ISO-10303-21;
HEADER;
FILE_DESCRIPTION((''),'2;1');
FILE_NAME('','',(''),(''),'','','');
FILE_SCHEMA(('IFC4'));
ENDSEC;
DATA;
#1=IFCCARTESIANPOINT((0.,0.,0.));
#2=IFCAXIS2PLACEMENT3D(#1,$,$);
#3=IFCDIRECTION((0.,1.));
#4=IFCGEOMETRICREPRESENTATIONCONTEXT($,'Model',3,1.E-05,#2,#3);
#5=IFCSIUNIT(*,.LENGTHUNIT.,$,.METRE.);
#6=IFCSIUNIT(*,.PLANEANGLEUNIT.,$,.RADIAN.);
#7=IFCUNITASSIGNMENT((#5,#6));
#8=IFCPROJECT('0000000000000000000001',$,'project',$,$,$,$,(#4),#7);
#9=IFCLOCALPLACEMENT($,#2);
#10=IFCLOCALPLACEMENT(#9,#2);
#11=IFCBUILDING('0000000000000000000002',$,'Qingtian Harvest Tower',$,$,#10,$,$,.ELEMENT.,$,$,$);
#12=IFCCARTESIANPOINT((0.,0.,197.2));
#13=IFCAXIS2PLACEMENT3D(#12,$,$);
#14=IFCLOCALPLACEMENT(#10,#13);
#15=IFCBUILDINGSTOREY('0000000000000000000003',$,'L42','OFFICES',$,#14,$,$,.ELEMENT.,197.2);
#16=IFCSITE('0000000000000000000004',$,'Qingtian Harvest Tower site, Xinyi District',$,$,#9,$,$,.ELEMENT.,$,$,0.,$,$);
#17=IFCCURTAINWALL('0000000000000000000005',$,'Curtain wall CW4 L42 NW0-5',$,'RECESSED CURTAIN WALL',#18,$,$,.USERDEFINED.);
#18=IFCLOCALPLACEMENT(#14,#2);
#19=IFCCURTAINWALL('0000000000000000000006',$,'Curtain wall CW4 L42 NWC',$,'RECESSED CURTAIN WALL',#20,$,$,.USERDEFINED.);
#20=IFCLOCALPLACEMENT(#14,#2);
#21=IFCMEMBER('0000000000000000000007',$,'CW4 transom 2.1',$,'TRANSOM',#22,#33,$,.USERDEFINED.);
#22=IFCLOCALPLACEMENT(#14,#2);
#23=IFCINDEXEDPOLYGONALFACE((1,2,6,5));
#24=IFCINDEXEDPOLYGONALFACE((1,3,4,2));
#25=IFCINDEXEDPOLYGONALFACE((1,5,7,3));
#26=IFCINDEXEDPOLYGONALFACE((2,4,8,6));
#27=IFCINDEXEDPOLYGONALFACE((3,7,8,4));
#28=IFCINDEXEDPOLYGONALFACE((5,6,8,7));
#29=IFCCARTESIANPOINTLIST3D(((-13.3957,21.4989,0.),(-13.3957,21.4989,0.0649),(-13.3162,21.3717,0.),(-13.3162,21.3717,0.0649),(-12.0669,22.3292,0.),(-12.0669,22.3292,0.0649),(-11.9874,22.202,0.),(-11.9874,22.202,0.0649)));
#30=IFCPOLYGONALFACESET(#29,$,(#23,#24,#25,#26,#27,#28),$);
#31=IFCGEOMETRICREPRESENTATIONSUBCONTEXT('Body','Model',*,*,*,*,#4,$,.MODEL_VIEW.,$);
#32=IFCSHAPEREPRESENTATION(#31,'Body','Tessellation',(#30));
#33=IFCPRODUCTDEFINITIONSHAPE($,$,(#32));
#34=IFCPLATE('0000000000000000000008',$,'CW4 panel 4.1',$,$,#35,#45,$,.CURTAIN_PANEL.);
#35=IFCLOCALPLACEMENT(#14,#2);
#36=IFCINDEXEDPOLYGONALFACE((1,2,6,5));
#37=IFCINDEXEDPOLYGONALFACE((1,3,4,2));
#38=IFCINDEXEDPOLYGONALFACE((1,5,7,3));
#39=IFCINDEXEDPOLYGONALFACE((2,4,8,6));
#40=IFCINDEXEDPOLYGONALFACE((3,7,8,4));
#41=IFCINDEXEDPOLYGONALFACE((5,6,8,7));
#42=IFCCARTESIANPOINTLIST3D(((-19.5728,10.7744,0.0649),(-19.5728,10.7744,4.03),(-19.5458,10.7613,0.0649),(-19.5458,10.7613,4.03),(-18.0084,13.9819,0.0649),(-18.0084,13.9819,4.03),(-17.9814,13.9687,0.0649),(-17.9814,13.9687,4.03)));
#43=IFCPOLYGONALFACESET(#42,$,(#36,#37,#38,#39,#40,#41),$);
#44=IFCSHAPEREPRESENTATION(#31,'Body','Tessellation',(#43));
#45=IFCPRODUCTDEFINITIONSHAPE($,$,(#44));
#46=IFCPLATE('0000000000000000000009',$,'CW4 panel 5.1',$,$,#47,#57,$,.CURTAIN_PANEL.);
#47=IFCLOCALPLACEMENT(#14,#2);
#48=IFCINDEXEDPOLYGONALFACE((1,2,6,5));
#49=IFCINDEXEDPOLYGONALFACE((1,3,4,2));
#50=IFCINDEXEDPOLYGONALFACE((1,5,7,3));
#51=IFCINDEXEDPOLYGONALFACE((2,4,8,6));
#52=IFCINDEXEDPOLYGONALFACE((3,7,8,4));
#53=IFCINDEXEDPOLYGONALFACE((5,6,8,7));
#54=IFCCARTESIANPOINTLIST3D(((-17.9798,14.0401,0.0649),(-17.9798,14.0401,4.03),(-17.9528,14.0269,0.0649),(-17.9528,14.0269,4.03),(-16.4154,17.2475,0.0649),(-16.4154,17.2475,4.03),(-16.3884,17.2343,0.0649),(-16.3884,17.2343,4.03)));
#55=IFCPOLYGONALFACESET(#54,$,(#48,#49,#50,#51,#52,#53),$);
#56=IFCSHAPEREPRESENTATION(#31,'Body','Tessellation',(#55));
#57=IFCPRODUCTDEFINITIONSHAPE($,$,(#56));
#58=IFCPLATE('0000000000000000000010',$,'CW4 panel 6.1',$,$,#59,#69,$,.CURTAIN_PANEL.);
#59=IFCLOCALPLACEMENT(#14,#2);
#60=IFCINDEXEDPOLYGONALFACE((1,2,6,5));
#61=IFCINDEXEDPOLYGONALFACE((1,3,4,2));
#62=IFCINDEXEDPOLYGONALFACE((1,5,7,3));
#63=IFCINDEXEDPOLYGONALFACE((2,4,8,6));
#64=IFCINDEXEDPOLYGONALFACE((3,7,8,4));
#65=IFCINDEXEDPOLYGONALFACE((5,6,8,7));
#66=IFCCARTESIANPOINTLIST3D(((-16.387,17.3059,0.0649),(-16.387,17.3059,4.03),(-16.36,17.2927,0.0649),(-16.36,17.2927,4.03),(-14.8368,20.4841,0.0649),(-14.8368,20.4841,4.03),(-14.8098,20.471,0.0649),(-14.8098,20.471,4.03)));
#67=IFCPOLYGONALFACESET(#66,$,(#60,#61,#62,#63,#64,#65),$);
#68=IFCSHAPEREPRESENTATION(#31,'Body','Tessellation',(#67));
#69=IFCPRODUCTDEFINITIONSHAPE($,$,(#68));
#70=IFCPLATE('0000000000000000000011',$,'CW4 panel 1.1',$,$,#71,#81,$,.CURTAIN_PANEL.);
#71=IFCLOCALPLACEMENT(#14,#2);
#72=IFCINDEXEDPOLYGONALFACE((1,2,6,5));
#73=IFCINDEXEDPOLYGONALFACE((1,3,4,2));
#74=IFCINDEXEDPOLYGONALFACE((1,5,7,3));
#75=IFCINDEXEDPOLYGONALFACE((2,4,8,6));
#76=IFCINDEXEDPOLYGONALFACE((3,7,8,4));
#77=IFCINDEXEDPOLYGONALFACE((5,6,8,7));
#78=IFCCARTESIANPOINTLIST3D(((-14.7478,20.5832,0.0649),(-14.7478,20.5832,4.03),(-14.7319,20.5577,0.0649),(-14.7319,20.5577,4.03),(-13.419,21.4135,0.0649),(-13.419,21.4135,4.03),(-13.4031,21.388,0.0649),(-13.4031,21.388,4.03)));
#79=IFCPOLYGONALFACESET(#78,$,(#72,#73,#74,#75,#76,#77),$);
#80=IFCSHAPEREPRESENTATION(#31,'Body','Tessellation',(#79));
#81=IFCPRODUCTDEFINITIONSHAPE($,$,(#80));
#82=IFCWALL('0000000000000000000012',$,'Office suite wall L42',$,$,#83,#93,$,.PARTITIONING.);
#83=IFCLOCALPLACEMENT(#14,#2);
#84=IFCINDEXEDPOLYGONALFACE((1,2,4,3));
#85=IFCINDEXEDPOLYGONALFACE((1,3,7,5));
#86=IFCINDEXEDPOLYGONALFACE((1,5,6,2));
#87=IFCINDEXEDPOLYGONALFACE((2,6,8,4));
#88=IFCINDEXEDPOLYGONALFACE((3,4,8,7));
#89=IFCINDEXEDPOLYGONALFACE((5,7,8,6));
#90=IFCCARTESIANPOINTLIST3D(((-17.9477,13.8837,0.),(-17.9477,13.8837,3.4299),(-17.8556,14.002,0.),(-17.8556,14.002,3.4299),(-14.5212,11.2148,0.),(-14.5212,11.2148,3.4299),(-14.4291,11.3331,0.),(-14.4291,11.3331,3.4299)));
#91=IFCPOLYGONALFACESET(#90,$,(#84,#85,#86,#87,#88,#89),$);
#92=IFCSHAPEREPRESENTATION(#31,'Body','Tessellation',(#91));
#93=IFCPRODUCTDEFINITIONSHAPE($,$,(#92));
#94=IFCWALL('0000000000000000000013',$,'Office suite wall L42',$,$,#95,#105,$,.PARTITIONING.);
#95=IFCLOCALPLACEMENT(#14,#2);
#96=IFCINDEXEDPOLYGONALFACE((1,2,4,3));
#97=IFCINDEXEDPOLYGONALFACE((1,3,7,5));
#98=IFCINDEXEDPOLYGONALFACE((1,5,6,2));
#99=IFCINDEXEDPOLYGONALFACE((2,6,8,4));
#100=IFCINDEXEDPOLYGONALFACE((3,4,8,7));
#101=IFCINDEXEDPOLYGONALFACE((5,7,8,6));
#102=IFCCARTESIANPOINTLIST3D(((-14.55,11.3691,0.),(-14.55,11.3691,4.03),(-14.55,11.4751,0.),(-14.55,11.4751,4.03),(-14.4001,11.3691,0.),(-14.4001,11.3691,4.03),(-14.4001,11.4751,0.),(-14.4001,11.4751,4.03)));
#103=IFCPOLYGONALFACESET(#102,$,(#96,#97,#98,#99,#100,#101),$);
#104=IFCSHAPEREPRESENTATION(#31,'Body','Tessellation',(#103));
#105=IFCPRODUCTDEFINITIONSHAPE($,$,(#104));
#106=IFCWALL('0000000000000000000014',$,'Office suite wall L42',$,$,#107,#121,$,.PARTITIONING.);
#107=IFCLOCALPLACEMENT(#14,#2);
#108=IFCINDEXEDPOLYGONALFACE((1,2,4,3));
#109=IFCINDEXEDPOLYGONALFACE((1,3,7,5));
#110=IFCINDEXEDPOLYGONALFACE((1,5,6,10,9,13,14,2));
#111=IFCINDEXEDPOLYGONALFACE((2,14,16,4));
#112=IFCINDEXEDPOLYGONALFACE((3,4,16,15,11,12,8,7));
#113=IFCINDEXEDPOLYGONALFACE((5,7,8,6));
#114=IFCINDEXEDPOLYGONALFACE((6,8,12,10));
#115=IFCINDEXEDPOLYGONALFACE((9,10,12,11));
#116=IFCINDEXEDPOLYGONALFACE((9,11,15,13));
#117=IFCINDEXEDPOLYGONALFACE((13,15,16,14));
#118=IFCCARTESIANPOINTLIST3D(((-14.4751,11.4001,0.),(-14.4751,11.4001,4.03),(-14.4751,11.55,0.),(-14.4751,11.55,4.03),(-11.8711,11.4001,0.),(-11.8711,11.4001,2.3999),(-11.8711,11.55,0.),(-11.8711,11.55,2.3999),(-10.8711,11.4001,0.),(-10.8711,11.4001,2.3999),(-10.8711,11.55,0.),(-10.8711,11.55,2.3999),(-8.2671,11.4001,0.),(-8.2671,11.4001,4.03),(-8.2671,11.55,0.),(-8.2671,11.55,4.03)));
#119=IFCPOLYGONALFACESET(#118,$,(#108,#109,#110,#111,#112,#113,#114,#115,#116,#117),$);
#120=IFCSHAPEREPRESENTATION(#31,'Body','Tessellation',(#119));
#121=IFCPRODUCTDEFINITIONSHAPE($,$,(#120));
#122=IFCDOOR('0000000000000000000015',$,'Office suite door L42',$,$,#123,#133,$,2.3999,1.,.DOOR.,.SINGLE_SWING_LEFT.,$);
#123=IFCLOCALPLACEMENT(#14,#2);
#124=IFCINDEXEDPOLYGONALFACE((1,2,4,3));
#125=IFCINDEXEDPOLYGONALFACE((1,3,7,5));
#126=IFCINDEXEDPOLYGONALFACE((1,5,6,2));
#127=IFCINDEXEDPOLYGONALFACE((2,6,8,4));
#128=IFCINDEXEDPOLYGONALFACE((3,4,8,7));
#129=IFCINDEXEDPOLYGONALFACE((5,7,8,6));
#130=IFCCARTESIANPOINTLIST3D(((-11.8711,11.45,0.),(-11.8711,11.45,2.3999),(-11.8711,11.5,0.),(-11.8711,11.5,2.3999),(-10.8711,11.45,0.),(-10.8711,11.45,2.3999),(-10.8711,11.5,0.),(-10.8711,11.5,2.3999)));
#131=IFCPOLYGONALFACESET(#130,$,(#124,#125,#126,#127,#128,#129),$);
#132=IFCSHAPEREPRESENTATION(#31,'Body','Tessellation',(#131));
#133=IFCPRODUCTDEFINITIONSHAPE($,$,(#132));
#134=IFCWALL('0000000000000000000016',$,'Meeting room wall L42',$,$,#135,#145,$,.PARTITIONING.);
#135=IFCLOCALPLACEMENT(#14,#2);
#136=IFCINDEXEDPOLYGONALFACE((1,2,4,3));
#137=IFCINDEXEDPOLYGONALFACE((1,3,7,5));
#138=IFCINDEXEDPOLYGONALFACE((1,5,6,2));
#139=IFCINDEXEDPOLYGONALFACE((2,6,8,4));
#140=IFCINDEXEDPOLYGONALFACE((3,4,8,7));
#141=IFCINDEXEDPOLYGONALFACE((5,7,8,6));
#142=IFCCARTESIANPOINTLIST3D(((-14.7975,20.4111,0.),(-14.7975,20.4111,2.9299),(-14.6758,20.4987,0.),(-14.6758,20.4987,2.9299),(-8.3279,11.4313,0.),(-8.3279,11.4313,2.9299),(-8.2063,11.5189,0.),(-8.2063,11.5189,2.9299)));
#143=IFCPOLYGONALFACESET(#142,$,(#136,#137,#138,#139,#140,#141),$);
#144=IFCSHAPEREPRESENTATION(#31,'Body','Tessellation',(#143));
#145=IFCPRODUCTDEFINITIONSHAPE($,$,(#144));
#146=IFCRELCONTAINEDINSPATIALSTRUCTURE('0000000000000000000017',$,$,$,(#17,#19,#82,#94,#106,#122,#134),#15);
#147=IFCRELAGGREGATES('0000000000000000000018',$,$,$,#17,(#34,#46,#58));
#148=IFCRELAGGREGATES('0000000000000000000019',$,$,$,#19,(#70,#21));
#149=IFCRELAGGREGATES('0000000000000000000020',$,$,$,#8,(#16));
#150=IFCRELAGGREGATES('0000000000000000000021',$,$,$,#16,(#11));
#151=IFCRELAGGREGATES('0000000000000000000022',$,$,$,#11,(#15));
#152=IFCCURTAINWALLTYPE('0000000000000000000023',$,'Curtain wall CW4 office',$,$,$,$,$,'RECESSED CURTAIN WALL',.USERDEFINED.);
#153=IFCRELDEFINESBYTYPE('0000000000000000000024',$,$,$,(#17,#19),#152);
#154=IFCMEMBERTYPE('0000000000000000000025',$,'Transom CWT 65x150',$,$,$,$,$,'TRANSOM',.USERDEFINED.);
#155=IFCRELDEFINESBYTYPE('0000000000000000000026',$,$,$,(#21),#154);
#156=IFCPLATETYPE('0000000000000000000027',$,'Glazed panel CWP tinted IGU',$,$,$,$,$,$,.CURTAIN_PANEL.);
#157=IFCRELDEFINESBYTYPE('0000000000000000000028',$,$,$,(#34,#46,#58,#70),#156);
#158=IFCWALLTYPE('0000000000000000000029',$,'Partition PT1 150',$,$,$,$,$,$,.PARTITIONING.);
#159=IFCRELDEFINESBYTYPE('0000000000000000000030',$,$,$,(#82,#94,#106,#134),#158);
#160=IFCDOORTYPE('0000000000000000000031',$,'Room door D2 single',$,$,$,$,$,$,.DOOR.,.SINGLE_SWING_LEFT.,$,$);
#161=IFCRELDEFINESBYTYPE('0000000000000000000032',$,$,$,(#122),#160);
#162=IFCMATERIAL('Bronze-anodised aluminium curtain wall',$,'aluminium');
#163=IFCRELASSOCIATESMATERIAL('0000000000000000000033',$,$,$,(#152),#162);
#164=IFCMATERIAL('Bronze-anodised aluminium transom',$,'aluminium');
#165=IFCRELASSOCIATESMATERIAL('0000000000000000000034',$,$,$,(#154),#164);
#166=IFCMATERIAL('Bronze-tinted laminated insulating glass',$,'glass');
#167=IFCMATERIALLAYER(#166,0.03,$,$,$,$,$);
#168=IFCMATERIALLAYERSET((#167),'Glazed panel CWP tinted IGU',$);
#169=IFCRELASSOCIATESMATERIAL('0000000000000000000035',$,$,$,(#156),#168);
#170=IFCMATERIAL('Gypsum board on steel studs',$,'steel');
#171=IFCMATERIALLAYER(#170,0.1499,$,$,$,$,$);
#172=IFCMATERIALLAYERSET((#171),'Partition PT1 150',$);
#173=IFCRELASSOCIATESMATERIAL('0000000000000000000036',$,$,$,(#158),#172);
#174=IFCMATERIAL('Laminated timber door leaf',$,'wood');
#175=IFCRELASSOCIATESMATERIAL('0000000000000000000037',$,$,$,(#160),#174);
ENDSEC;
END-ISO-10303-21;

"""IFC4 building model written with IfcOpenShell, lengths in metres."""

from ifc_helpers import new_model, si_unit, direction, frame, frame_2d, origin, origin_2d, place, context, subcontext, project, spatial, rectangle, extrude, material, layer, layer_set, material_profile, profile_set, type_object, element, fill, aggregate, save


model = new_model("IFC4")

# Units and contexts
model_context = context("Model", 3, precision=1e-05, world=origin(), true_north=direction((0.0, 1.0)))
body_context = subcontext(model_context, "Body", "Model", "MODEL_VIEW")
ifc_project = project(units=[si_unit("LENGTHUNIT", "METRE"), si_unit("PLANEANGLEUNIT", "RADIAN")], contexts=[model_context])

# Site, building, storey
site_placement = place(None, origin())
site = spatial("IfcSite", under=ifc_project, at=site_placement, Name="Qingtian Harvest Tower site, Xinyi District", CompositionType="ELEMENT", RefElevation=0.0)
building_placement = place(site_placement, origin())
building = spatial("IfcBuilding", under=site, at=building_placement, Name="Qingtian Harvest Tower", CompositionType="ELEMENT")
storey_placement = place(building_placement, frame((0.0, 0.0, 197.2)))
storey = spatial("IfcBuildingStorey", under=building, at=storey_placement, Name="L42", Description="OFFICES", CompositionType="ELEMENT", Elevation=197.2)

# Curtain walls
ifc_material_1 = material(Name="Bronze-anodised aluminium curtain wall", Category="aluminium")
curtain_wall_type = type_object("IfcCurtainWallType", Name="Curtain wall CW4 office", ElementType="RECESSED CURTAIN WALL", PredefinedType="USERDEFINED", material=ifc_material_1)
curtain_wall_1_placement = place(storey_placement, origin())
curtain_wall_1 = element("IfcCurtainWall", 1, at=curtain_wall_1_placement, inside=storey, type_object=curtain_wall_type, Name="Curtain wall CW4 L42 NW0-5", ObjectType="RECESSED CURTAIN WALL", PredefinedType="USERDEFINED")
curtain_wall_2_placement = place(storey_placement, origin())
curtain_wall_2 = element("IfcCurtainWall", 2, at=curtain_wall_2_placement, inside=storey, type_object=curtain_wall_type, Name="Curtain wall CW4 L42 NWC", ObjectType="RECESSED CURTAIN WALL", PredefinedType="USERDEFINED")

# Member
ifc_material_2 = material(Name="Bronze-anodised aluminium transom", Category="aluminium")
ifc_material_profile_1 = material_profile(ifc_material_2, rectangle(XDim=0.1499, YDim=0.0649, at=origin_2d()), Name="AL 65x150")
ifc_profile_set_1 = profile_set([ifc_material_profile_1], Name="Bronze-anodised aluminium transom")
member_type_1 = type_object("IfcMemberType", Name="Transom CWT 65x150", ElementType="TRANSOM", PredefinedType="USERDEFINED", material=ifc_profile_set_1)
member_1_placement = place(storey_placement, frame((-13.356, 21.4353, 0.0325), z_axis=(0.84806, 0.529901, 0.0), x_axis=(-0.529901, 0.84806, 0.0)))
member_1 = element("IfcMember", 3, at=member_1_placement, type_object=member_type_1, Name="CW4 transom 2.1", ObjectType="TRANSOM", PredefinedType="USERDEFINED", context=body_context, shape_type="SweptSolid", body=[
    extrude(rectangle(XDim=0.1499, YDim=0.0649, at=origin_2d()), origin(), (0.0, 0.0, 1.0), 1.5669),
])

# Plates
ifc_material_3 = material(Name="Bronze-tinted laminated insulating glass", Category="glass")
ifc_layer_1 = layer(ifc_material_3, 0.03)
ifc_layer_set_1 = layer_set([ifc_layer_1], Name="Glazed panel CWP tinted IGU")
plate_type = type_object("IfcPlateType", Name="Glazed panel CWP tinted IGU", PredefinedType="CURTAIN_PANEL", material=ifc_layer_set_1)
plate_1_placement = place(storey_placement, frame((-18.7771, 12.3716, 0.0649), z_axis=(0.0, 0.0, 1.0), x_axis=(0.438371, 0.898794, 0.0)))
plate_1 = element("IfcPlate", 4, at=plate_1_placement, type_object=plate_type, Name="CW4 panel 4.1", PredefinedType="CURTAIN_PANEL", context=body_context, shape_type="SweptSolid", body=[
    extrude(rectangle(XDim=3.5686, YDim=0.03, at=origin_2d()), origin(), (0.0, 0.0, 1.0), 3.9651),
])
plate_2_placement = place(storey_placement, frame((-17.1841, 15.6372, 0.0649), z_axis=(0.0, 0.0, 1.0), x_axis=(0.438371, 0.898794, 0.0)))
plate_2 = element("IfcPlate", 5, at=plate_2_placement, type_object=plate_type, Name="CW4 panel 5.1", PredefinedType="CURTAIN_PANEL", context=body_context, shape_type="SweptSolid", body=[
    extrude(rectangle(XDim=3.5686, YDim=0.03, at=origin_2d()), origin(), (0.0, 0.0, 1.0), 3.9651),
])
plate_3_placement = place(storey_placement, frame((-15.5984, 18.8884, 0.0649), z_axis=(0.0, 0.0, 1.0), x_axis=(0.438371, 0.898794, 0.0)))
plate_3 = element("IfcPlate", 6, at=plate_3_placement, type_object=plate_type, Name="CW4 panel 6.1", PredefinedType="CURTAIN_PANEL", context=body_context, shape_type="SweptSolid", body=[
    extrude(rectangle(XDim=3.5361, YDim=0.03, at=origin_2d()), origin(), (0.0, 0.0, 1.0), 3.9651),
])
aggregate(curtain_wall_1, [plate_1, plate_2, plate_3])
plate_4_placement = place(storey_placement, frame((-14.0754, 20.9856, 0.0649), z_axis=(0.0, 0.0, 1.0), x_axis=(0.848048, 0.529919, 0.0)))
plate_4 = element("IfcPlate", 7, at=plate_4_placement, type_object=plate_type, Name="CW4 panel 1.1", PredefinedType="CURTAIN_PANEL", context=body_context, shape_type="SweptSolid", body=[
    extrude(rectangle(XDim=1.5669, YDim=0.03, at=origin_2d()), origin(), (0.0, 0.0, 1.0), 3.9651),
])
aggregate(curtain_wall_2, [plate_4, member_1])

# Walls
ifc_material_4 = material(Name="Gypsum board on steel studs", Category="steel")
ifc_layer_2 = layer(ifc_material_4, 0.1499)
ifc_layer_set_2 = layer_set([ifc_layer_2], Name="Partition PT1 150")
wall_type = type_object("IfcWallType", Name="Partition PT1 150", PredefinedType="PARTITIONING", material=ifc_layer_set_2)
wall_1_placement = place(storey_placement, frame((-17.9016, 13.9429, 0.0), z_axis=(0.0, 0.0, 1.0), x_axis=(0.788919, -0.614497, 0.0)))
element("IfcWall", 8, at=wall_1_placement, inside=storey, type_object=wall_type, Name="Office suite wall L42", PredefinedType="PARTITIONING", context=body_context, shape_type="SweptSolid", body=[
    extrude(rectangle(XDim=4.3433, YDim=0.1499, at=frame_2d((2.1716, 0.0))), origin(), (0.0, 0.0, 1.0), 3.4299),
])
wall_2_placement = place(storey_placement, frame((-14.4751, 11.3691, 0.0), z_axis=(0.0, 0.0, 1.0), x_axis=(0.0, 1.0, 0.0)))
element("IfcWall", 9, at=wall_2_placement, inside=storey, type_object=wall_type, Name="Office suite wall L42", PredefinedType="PARTITIONING", context=body_context, shape_type="SweptSolid", body=[
    extrude(rectangle(XDim=0.106, YDim=0.1499, at=frame_2d((0.053, 0.0))), origin(), (0.0, 0.0, 1.0), 4.03),
])

# Wall, opening, door
wall_3_placement = place(storey_placement, frame((-14.4751, 11.4751, 0.0), z_axis=(0.0, 0.0, 1.0), x_axis=(1.0, 0.0, 0.0)))
wall_3 = element("IfcWall", 10, at=wall_3_placement, inside=storey, type_object=wall_type, Name="Office suite wall L42", PredefinedType="PARTITIONING", context=body_context, shape_type="SweptSolid", body=[
    extrude(rectangle(XDim=6.208, YDim=0.1499, at=frame_2d((3.104, 0.0))), origin(), (0.0, 0.0, 1.0), 4.03),
])
opening_placement = place(wall_3_placement, frame((2.604, 0.0, 0.0)))
opening = element("IfcOpeningElement", 11, at=opening_placement, cuts=wall_3, PredefinedType="OPENING", context=body_context, shape_type="SweptSolid", body=[
    extrude(rectangle(XDim=1.0, YDim=2.3999, at=frame_2d((0.5, 1.2))), frame((0.0, 0.085, 0.0), z_axis=(0.0, -1.0, 0.0), x_axis=(1.0, 0.0, 0.0)), (0.0, 0.0, 1.0), 0.1699),
])
ifc_material_5 = material(Name="Laminated timber door leaf", Category="wood")
door_type = type_object("IfcDoorType", Name="Room door D2 single", OperationType="SINGLE_SWING_LEFT", PredefinedType="DOOR", material=ifc_material_5)
door_placement = place(opening_placement, origin())
door = element("IfcDoor", 12, at=door_placement, inside=storey, type_object=door_type, Name="Office suite door L42", OperationType="SINGLE_SWING_LEFT", OverallHeight=2.3999, OverallWidth=1.0, PredefinedType="DOOR", context=body_context, shape_type="SweptSolid", body=[
    extrude(rectangle(XDim=1.0, YDim=2.3999, at=frame_2d((0.5, 1.2))), frame((0.0, 0.0249, 0.0), z_axis=(0.0, -1.0, 0.0), x_axis=(1.0, 0.0, 0.0)), (0.0, 0.0, 1.0), 0.05),
])
fill(opening, door)

# Wall
wall_4_placement = place(storey_placement, frame((-14.7366, 20.4548, 0.0), z_axis=(0.0, 0.0, 1.0), x_axis=(0.584547, -0.81136, 0.0)))
element("IfcWall", 13, at=wall_4_placement, inside=storey, type_object=wall_type, Name="Meeting room wall L42", PredefinedType="PARTITIONING", context=body_context, shape_type="SweptSolid", body=[
    extrude(rectangle(XDim=11.0676, YDim=0.1499, at=frame_2d((5.5337, 0.0))), origin(), (0.0, 0.0, 1.0), 2.9299),
])

save(model, "model.ifc")
